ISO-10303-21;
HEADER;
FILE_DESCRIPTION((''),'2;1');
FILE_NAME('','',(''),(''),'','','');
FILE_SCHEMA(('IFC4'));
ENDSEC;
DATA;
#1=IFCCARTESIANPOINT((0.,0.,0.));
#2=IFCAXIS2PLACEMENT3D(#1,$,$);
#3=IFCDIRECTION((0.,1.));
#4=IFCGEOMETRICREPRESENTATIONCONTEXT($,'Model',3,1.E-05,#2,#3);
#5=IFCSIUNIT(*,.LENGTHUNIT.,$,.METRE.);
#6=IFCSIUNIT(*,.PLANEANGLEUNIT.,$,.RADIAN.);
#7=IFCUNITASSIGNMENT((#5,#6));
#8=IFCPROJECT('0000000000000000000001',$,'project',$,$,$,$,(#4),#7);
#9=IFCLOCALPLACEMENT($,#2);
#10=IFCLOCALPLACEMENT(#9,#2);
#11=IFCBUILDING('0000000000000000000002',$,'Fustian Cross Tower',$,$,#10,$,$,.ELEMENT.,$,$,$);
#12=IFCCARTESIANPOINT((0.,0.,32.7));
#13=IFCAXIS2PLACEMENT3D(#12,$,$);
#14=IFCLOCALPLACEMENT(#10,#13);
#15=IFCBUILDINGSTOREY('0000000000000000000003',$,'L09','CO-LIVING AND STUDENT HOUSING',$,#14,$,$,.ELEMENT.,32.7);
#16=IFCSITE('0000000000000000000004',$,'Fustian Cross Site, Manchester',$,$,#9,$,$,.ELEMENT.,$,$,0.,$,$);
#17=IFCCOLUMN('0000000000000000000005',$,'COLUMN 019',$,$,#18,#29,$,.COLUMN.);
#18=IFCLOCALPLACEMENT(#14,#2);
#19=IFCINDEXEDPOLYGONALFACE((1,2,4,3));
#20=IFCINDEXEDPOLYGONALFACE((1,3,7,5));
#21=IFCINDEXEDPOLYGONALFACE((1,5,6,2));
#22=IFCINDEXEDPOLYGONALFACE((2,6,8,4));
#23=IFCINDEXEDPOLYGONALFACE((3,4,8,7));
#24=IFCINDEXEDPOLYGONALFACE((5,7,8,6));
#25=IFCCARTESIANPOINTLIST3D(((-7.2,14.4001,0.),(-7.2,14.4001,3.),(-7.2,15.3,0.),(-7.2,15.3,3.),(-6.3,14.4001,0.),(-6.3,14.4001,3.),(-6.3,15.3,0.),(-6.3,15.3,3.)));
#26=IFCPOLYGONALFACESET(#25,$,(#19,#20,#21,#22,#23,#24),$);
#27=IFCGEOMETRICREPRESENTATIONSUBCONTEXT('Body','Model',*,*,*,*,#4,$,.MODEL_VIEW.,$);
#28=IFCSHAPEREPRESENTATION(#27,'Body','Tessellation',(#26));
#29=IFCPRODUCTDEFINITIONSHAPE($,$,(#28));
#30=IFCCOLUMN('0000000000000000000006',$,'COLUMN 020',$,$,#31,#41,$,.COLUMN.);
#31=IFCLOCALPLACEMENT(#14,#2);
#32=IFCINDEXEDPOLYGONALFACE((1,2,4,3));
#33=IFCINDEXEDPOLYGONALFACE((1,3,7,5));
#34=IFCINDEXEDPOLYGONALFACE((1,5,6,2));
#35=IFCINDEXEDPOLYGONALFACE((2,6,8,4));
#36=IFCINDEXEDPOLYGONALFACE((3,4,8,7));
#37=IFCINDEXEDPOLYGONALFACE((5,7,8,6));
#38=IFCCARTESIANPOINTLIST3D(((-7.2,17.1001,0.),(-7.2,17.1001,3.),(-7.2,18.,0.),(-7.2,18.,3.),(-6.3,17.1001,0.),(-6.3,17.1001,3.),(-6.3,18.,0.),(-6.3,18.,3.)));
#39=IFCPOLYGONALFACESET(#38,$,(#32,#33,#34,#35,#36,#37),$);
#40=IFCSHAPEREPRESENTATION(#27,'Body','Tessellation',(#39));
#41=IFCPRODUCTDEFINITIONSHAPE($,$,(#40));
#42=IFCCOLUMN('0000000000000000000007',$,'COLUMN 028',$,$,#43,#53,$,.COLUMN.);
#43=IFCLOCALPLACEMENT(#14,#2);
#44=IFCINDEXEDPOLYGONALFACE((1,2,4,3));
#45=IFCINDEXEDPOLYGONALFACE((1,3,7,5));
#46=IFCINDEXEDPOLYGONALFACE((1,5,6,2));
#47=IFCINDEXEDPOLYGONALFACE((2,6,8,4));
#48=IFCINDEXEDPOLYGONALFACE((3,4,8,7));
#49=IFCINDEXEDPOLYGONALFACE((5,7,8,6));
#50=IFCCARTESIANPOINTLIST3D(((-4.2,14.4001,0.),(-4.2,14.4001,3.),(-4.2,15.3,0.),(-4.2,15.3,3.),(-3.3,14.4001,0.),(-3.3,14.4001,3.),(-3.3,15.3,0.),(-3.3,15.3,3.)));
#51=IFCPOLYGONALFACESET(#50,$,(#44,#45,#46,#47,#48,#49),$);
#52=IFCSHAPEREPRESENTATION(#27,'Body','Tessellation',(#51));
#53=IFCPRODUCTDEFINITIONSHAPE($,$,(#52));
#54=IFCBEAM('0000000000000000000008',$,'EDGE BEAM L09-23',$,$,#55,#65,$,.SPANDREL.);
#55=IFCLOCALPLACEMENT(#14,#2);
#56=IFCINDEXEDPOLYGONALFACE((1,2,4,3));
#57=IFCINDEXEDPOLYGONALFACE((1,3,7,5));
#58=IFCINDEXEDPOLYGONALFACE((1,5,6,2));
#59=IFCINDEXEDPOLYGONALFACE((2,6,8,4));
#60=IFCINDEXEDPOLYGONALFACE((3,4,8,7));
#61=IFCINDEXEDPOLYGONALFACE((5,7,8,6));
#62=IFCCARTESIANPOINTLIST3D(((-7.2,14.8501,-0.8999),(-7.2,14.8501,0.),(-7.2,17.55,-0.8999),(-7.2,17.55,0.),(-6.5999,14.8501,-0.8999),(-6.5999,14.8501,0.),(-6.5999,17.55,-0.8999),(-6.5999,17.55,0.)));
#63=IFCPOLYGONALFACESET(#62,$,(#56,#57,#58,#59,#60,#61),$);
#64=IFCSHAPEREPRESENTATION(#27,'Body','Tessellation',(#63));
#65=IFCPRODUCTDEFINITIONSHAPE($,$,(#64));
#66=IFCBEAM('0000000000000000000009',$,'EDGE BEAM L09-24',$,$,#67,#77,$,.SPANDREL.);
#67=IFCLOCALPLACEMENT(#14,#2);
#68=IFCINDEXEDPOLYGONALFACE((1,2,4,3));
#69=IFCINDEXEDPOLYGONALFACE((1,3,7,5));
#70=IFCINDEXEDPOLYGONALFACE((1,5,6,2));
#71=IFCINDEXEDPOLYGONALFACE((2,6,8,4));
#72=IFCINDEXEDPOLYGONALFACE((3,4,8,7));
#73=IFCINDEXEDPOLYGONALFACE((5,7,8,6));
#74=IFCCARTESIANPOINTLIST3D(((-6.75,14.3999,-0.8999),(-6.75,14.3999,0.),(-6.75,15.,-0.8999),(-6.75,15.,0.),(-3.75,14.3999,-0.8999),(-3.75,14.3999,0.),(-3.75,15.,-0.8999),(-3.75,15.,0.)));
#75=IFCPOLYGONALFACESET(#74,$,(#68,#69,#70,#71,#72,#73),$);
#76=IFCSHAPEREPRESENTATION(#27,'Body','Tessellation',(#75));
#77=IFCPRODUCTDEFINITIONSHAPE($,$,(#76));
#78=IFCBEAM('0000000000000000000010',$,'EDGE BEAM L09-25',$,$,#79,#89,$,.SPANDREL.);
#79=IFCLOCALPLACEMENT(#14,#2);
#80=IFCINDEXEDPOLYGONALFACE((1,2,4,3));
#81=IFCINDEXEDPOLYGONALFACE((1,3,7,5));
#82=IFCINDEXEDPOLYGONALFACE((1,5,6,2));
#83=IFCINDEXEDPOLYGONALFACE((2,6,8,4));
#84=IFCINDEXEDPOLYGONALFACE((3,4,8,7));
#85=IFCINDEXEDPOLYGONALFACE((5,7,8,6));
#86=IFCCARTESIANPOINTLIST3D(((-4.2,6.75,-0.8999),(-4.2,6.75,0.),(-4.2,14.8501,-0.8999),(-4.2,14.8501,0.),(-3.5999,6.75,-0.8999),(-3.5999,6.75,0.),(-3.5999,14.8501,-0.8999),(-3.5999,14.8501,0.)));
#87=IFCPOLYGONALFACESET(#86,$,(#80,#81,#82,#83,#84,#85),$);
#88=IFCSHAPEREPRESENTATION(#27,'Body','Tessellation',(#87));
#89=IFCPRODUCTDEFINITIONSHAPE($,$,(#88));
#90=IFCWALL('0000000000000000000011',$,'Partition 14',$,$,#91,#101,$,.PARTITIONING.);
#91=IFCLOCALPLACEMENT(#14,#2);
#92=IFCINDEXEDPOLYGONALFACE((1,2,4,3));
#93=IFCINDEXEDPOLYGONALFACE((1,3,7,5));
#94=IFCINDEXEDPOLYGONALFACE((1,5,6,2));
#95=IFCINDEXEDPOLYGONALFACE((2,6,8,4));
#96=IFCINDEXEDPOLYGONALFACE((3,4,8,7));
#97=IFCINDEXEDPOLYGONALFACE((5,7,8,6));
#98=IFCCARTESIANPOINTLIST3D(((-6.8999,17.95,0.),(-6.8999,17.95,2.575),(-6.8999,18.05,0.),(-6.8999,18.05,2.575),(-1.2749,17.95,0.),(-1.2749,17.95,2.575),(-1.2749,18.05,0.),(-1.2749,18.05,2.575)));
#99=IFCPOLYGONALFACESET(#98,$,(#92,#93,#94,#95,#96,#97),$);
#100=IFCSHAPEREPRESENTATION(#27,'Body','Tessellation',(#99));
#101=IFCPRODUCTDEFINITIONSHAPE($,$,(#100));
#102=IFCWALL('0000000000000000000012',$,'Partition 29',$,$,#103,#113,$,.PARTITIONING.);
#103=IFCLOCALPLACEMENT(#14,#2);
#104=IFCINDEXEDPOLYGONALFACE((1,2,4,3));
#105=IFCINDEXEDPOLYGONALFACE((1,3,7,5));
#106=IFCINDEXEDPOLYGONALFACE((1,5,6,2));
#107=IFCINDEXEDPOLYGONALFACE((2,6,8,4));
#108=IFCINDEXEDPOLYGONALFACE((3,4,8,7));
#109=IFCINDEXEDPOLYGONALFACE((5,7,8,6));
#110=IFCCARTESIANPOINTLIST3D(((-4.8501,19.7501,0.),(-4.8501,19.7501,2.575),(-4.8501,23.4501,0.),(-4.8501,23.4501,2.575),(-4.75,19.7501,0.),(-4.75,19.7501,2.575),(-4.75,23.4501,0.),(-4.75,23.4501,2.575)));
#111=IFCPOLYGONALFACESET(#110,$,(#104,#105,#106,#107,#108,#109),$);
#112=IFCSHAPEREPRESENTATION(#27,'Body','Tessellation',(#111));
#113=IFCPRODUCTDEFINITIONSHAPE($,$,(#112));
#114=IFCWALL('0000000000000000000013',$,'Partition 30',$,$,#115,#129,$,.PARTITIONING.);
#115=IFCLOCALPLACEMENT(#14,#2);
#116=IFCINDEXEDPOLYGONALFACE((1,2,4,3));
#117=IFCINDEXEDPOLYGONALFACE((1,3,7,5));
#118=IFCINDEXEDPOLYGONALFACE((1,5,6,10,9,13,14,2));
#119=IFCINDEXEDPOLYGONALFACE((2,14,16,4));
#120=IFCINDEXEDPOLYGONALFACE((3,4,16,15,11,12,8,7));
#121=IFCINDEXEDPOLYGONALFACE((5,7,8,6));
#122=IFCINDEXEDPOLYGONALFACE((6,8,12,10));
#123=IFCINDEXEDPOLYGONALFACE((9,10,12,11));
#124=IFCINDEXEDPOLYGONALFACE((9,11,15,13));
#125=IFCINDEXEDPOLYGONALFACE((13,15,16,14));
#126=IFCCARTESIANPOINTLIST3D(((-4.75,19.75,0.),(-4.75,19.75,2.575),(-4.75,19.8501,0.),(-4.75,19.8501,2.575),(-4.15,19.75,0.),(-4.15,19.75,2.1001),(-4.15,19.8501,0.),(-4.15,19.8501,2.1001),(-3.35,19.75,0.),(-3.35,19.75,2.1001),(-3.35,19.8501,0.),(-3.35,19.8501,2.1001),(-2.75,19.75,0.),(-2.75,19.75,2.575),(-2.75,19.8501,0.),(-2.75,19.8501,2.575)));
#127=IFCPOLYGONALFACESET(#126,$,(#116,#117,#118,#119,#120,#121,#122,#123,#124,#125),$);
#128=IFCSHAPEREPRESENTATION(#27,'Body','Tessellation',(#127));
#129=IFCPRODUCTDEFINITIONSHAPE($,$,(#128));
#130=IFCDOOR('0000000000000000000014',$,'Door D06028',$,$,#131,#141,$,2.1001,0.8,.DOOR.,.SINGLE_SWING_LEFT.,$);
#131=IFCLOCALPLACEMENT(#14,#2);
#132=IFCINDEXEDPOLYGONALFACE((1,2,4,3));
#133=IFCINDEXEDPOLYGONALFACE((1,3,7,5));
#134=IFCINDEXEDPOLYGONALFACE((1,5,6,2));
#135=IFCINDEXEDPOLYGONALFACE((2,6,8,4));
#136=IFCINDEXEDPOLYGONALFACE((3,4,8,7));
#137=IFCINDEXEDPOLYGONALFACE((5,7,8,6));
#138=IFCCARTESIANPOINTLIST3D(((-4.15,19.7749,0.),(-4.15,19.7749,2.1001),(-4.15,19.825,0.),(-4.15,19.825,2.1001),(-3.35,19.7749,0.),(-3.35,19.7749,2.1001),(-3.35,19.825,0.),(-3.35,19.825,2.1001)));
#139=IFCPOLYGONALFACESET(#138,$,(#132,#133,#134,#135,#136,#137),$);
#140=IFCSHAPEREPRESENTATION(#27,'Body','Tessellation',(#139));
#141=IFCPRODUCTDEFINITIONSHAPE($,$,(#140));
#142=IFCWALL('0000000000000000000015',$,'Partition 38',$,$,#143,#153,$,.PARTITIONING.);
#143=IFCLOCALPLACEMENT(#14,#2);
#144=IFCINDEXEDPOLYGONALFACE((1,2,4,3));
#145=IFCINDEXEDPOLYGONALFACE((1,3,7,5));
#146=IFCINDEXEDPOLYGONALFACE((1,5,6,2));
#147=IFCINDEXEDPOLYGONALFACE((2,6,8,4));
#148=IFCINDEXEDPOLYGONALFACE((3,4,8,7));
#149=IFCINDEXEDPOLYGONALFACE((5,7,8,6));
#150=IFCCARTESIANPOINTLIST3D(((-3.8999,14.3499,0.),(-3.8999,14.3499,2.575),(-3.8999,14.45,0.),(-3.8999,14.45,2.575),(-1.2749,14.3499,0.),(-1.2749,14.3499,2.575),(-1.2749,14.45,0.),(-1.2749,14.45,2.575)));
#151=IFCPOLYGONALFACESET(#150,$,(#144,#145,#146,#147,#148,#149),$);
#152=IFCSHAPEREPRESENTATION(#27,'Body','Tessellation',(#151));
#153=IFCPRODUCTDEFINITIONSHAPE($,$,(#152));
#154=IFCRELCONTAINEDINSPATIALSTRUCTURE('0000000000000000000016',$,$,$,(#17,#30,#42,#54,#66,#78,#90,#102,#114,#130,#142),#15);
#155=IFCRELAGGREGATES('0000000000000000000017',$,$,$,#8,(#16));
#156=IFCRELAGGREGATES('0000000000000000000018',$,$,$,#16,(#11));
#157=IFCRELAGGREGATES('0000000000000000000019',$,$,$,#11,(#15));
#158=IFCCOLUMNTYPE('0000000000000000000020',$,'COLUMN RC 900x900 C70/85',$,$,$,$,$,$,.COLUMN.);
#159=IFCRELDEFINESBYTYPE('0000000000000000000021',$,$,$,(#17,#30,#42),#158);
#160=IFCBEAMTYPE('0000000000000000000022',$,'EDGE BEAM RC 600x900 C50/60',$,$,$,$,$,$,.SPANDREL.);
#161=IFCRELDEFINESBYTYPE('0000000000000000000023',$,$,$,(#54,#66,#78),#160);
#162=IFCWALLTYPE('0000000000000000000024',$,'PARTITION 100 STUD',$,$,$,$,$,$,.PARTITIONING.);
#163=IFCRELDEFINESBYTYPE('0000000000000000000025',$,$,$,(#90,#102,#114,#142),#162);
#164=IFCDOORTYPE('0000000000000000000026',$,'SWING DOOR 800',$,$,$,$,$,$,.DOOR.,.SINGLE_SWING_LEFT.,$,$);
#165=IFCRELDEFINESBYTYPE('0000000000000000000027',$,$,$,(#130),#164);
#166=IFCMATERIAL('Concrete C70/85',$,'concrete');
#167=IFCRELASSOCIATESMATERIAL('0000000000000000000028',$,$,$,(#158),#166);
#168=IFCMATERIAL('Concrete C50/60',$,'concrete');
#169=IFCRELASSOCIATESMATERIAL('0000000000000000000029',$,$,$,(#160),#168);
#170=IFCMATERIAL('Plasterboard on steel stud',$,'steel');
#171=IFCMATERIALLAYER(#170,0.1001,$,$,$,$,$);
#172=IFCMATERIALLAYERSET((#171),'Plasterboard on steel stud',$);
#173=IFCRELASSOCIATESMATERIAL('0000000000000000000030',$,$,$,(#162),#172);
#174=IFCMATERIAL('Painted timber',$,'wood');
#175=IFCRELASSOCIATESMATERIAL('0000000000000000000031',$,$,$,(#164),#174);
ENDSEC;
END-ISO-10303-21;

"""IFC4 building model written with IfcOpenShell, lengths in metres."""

from ifc_helpers import new_model, si_unit, direction, frame, frame_2d, origin, origin_2d, place, context, subcontext, project, spatial, rectangle, extrude, material, layer, layer_set, material_profile, profile_set, type_object, element, fill, save


model = new_model("IFC4")

# Units and contexts
model_context = context("Model", 3, precision=1e-05, world=origin(), true_north=direction((0.0, 1.0)))
body_context = subcontext(model_context, "Body", "Model", "MODEL_VIEW")
ifc_project = project(units=[si_unit("LENGTHUNIT", "METRE"), si_unit("PLANEANGLEUNIT", "RADIAN")], contexts=[model_context])

# Site, building, storey
site_placement = place(None, origin())
site = spatial("IfcSite", under=ifc_project, at=site_placement, Name="Fustian Cross Site, Manchester", CompositionType="ELEMENT", RefElevation=0.0)
building_placement = place(site_placement, origin())
building = spatial("IfcBuilding", under=site, at=building_placement, Name="Fustian Cross Tower", CompositionType="ELEMENT")
storey_placement = place(building_placement, frame((0.0, 0.0, 32.7)))
storey = spatial("IfcBuildingStorey", under=building, at=storey_placement, Name="L09", Description="CO-LIVING AND STUDENT HOUSING", CompositionType="ELEMENT", Elevation=32.7)

# Columns
ifc_material_1 = material(Name="Concrete C70/85", Category="concrete")
ifc_material_profile_1 = material_profile(ifc_material_1, rectangle(XDim=0.8999, YDim=0.8999, at=origin_2d()), Name="RC 900x900")
ifc_profile_set_1 = profile_set([ifc_material_profile_1], Name="Concrete C70/85")
column_type = type_object("IfcColumnType", Name="COLUMN RC 900x900 C70/85", PredefinedType="COLUMN", material=ifc_profile_set_1)
for number, where, z_axis, x_axis, name in (
    (1, (-6.75, 14.8501, 0.0), (0.0, 0.0, 1.0), (1.0, 0.0, 0.0), "COLUMN 019"),
    (2, (-6.75, 17.55, 0.0), (0.0, 0.0, 1.0), (1.0, 0.0, 0.0), "COLUMN 020"),
    (3, (-3.75, 14.8501, 0.0), (0.0, 0.0, 1.0), (1.0, 0.0, 0.0), "COLUMN 028"),
):
    element("IfcColumn", number, at=place(storey_placement, frame(where, z_axis=z_axis, x_axis=x_axis)), inside=storey, type_object=column_type, Name=name, PredefinedType="COLUMN", context=body_context, shape_type="SweptSolid", body=[
        extrude(rectangle(XDim=0.8999, YDim=0.8999, at=origin_2d()), origin(), (0.0, 0.0, 1.0), 3.0),
    ])

# Beams
ifc_material_2 = material(Name="Concrete C50/60", Category="concrete")
ifc_material_profile_2 = material_profile(ifc_material_2, rectangle(XDim=0.6001, YDim=0.8999, at=origin_2d()), Name="RC 600x900")
ifc_profile_set_2 = profile_set([ifc_material_profile_2], Name="Concrete C50/60")
beam_type = type_object("IfcBeamType", Name="EDGE BEAM RC 600x900 C50/60", PredefinedType="SPANDREL", material=ifc_profile_set_2)
beam_1_placement = place(storey_placement, frame((-6.8999, 17.55, -0.45), z_axis=(0.0, -1.0, 0.0), x_axis=(1.0, 0.0, 0.0)))
element("IfcBeam", 4, at=beam_1_placement, inside=storey, type_object=beam_type, Name="EDGE BEAM L09-23", PredefinedType="SPANDREL", context=body_context, shape_type="SweptSolid", body=[
    extrude(rectangle(XDim=0.6001, YDim=0.8999, at=origin_2d()), origin(), (0.0, 0.0, 1.0), 2.7),
])
beam_2_placement = place(storey_placement, frame((-6.75, 14.7, -0.45), z_axis=(1.0, 0.0, 0.0), x_axis=(0.0, 1.0, 0.0)))
element("IfcBeam", 5, at=beam_2_placement, inside=storey, type_object=beam_type, Name="EDGE BEAM L09-24", PredefinedType="SPANDREL", context=body_context, shape_type="SweptSolid", body=[
    extrude(rectangle(XDim=0.6001, YDim=0.8999, at=origin_2d()), origin(), (0.0, 0.0, 1.0), 3.0),
])
beam_3_placement = place(storey_placement, frame((-3.8999, 14.8501, -0.45), z_axis=(0.0, -1.0, 0.0), x_axis=(1.0, 0.0, 0.0)))
element("IfcBeam", 6, at=beam_3_placement, inside=storey, type_object=beam_type, Name="EDGE BEAM L09-25", PredefinedType="SPANDREL", context=body_context, shape_type="SweptSolid", body=[
    extrude(rectangle(XDim=0.6001, YDim=0.8999, at=origin_2d()), origin(), (0.0, 0.0, 1.0), 8.1001),
])

# Walls
ifc_material_3 = material(Name="Plasterboard on steel stud", Category="steel")
ifc_layer_1 = layer(ifc_material_3, 0.1001)
ifc_layer_set_1 = layer_set([ifc_layer_1], Name="Plasterboard on steel stud")
wall_type_1 = type_object("IfcWallType", Name="PARTITION 100 STUD", PredefinedType="PARTITIONING", material=ifc_layer_set_1)
wall_1_placement = place(storey_placement, frame((-6.8999, 18.0, 0.0), z_axis=(0.0, 0.0, 1.0), x_axis=(1.0, 0.0, 0.0)))
element("IfcWall", 7, at=wall_1_placement, inside=storey, type_object=wall_type_1, Name="Partition 14", PredefinedType="PARTITIONING", context=body_context, shape_type="SweptSolid", body=[
    extrude(rectangle(XDim=5.625, YDim=0.1001, at=frame_2d((2.8125, 0.0))), origin(), (0.0, 0.0, 1.0), 2.575),
])
wall_2_placement = place(storey_placement, frame((-4.8, 19.75, 0.0), z_axis=(0.0, 0.0, 1.0), x_axis=(0.0, 1.0, 0.0)))
element("IfcWall", 8, at=wall_2_placement, inside=storey, type_object=wall_type_1, Name="Partition 29", PredefinedType="PARTITIONING", context=body_context, shape_type="SweptSolid", body=[
    extrude(rectangle(XDim=3.7, YDim=0.1001, at=frame_2d((1.8501, 0.0))), origin(), (0.0, 0.0, 1.0), 2.575),
])

# Wall, opening, door
wall_3_placement = place(storey_placement, frame((-4.75, 19.8, 0.0), z_axis=(0.0, 0.0, 1.0), x_axis=(1.0, 0.0, 0.0)))
wall_3 = element("IfcWall", 9, at=wall_3_placement, inside=storey, type_object=wall_type_1, Name="Partition 30", PredefinedType="PARTITIONING", context=body_context, shape_type="SweptSolid", body=[
    extrude(rectangle(XDim=2.0, YDim=0.1001, at=frame_2d((1.0, 0.0))), origin(), (0.0, 0.0, 1.0), 2.575),
])
opening_1_placement = place(wall_3_placement, frame((0.6001, 0.0, 0.0)))
opening_1 = element("IfcOpeningElement", 10, at=opening_1_placement, cuts=wall_3, PredefinedType="OPENING", context=body_context, shape_type="SweptSolid", body=[
    extrude(rectangle(XDim=0.8, YDim=2.1001, at=frame_2d((0.3999, 1.05))), frame((0.0, 0.0601, 0.0), z_axis=(0.0, -1.0, 0.0), x_axis=(1.0, 0.0, 0.0)), (0.0, 0.0, 1.0), 0.1201),
])
ifc_material_4 = material(Name="Painted timber", Category="wood")
door_type_1 = type_object("IfcDoorType", Name="SWING DOOR 800", OperationType="SINGLE_SWING_LEFT", PredefinedType="DOOR", material=ifc_material_4)
door_1_placement = place(opening_1_placement, origin())
door_1 = element("IfcDoor", 11, at=door_1_placement, inside=storey, type_object=door_type_1, Name="Door D06028", OperationType="SINGLE_SWING_LEFT", OverallHeight=2.1001, OverallWidth=0.8, PredefinedType="DOOR", context=body_context, shape_type="SweptSolid", body=[
    extrude(rectangle(XDim=0.8, YDim=2.1001, at=frame_2d((0.3999, 1.05))), frame((0.0, 0.0249, 0.0), z_axis=(0.0, -1.0, 0.0), x_axis=(1.0, 0.0, 0.0)), (0.0, 0.0, 1.0), 0.05),
])
fill(opening_1, door_1)

# Wall
wall_4_placement = place(storey_placement, frame((-3.8999, 14.3999, 0.0), z_axis=(0.0, 0.0, 1.0), x_axis=(1.0, 0.0, 0.0)))
element("IfcWall", 12, at=wall_4_placement, inside=storey, type_object=wall_type_1, Name="Partition 38", PredefinedType="PARTITIONING", context=body_context, shape_type="SweptSolid", body=[
    extrude(rectangle(XDim=2.625, YDim=0.1001, at=frame_2d((1.3125, 0.0))), origin(), (0.0, 0.0, 1.0), 2.575),
])

save(model, "model.ifc")
